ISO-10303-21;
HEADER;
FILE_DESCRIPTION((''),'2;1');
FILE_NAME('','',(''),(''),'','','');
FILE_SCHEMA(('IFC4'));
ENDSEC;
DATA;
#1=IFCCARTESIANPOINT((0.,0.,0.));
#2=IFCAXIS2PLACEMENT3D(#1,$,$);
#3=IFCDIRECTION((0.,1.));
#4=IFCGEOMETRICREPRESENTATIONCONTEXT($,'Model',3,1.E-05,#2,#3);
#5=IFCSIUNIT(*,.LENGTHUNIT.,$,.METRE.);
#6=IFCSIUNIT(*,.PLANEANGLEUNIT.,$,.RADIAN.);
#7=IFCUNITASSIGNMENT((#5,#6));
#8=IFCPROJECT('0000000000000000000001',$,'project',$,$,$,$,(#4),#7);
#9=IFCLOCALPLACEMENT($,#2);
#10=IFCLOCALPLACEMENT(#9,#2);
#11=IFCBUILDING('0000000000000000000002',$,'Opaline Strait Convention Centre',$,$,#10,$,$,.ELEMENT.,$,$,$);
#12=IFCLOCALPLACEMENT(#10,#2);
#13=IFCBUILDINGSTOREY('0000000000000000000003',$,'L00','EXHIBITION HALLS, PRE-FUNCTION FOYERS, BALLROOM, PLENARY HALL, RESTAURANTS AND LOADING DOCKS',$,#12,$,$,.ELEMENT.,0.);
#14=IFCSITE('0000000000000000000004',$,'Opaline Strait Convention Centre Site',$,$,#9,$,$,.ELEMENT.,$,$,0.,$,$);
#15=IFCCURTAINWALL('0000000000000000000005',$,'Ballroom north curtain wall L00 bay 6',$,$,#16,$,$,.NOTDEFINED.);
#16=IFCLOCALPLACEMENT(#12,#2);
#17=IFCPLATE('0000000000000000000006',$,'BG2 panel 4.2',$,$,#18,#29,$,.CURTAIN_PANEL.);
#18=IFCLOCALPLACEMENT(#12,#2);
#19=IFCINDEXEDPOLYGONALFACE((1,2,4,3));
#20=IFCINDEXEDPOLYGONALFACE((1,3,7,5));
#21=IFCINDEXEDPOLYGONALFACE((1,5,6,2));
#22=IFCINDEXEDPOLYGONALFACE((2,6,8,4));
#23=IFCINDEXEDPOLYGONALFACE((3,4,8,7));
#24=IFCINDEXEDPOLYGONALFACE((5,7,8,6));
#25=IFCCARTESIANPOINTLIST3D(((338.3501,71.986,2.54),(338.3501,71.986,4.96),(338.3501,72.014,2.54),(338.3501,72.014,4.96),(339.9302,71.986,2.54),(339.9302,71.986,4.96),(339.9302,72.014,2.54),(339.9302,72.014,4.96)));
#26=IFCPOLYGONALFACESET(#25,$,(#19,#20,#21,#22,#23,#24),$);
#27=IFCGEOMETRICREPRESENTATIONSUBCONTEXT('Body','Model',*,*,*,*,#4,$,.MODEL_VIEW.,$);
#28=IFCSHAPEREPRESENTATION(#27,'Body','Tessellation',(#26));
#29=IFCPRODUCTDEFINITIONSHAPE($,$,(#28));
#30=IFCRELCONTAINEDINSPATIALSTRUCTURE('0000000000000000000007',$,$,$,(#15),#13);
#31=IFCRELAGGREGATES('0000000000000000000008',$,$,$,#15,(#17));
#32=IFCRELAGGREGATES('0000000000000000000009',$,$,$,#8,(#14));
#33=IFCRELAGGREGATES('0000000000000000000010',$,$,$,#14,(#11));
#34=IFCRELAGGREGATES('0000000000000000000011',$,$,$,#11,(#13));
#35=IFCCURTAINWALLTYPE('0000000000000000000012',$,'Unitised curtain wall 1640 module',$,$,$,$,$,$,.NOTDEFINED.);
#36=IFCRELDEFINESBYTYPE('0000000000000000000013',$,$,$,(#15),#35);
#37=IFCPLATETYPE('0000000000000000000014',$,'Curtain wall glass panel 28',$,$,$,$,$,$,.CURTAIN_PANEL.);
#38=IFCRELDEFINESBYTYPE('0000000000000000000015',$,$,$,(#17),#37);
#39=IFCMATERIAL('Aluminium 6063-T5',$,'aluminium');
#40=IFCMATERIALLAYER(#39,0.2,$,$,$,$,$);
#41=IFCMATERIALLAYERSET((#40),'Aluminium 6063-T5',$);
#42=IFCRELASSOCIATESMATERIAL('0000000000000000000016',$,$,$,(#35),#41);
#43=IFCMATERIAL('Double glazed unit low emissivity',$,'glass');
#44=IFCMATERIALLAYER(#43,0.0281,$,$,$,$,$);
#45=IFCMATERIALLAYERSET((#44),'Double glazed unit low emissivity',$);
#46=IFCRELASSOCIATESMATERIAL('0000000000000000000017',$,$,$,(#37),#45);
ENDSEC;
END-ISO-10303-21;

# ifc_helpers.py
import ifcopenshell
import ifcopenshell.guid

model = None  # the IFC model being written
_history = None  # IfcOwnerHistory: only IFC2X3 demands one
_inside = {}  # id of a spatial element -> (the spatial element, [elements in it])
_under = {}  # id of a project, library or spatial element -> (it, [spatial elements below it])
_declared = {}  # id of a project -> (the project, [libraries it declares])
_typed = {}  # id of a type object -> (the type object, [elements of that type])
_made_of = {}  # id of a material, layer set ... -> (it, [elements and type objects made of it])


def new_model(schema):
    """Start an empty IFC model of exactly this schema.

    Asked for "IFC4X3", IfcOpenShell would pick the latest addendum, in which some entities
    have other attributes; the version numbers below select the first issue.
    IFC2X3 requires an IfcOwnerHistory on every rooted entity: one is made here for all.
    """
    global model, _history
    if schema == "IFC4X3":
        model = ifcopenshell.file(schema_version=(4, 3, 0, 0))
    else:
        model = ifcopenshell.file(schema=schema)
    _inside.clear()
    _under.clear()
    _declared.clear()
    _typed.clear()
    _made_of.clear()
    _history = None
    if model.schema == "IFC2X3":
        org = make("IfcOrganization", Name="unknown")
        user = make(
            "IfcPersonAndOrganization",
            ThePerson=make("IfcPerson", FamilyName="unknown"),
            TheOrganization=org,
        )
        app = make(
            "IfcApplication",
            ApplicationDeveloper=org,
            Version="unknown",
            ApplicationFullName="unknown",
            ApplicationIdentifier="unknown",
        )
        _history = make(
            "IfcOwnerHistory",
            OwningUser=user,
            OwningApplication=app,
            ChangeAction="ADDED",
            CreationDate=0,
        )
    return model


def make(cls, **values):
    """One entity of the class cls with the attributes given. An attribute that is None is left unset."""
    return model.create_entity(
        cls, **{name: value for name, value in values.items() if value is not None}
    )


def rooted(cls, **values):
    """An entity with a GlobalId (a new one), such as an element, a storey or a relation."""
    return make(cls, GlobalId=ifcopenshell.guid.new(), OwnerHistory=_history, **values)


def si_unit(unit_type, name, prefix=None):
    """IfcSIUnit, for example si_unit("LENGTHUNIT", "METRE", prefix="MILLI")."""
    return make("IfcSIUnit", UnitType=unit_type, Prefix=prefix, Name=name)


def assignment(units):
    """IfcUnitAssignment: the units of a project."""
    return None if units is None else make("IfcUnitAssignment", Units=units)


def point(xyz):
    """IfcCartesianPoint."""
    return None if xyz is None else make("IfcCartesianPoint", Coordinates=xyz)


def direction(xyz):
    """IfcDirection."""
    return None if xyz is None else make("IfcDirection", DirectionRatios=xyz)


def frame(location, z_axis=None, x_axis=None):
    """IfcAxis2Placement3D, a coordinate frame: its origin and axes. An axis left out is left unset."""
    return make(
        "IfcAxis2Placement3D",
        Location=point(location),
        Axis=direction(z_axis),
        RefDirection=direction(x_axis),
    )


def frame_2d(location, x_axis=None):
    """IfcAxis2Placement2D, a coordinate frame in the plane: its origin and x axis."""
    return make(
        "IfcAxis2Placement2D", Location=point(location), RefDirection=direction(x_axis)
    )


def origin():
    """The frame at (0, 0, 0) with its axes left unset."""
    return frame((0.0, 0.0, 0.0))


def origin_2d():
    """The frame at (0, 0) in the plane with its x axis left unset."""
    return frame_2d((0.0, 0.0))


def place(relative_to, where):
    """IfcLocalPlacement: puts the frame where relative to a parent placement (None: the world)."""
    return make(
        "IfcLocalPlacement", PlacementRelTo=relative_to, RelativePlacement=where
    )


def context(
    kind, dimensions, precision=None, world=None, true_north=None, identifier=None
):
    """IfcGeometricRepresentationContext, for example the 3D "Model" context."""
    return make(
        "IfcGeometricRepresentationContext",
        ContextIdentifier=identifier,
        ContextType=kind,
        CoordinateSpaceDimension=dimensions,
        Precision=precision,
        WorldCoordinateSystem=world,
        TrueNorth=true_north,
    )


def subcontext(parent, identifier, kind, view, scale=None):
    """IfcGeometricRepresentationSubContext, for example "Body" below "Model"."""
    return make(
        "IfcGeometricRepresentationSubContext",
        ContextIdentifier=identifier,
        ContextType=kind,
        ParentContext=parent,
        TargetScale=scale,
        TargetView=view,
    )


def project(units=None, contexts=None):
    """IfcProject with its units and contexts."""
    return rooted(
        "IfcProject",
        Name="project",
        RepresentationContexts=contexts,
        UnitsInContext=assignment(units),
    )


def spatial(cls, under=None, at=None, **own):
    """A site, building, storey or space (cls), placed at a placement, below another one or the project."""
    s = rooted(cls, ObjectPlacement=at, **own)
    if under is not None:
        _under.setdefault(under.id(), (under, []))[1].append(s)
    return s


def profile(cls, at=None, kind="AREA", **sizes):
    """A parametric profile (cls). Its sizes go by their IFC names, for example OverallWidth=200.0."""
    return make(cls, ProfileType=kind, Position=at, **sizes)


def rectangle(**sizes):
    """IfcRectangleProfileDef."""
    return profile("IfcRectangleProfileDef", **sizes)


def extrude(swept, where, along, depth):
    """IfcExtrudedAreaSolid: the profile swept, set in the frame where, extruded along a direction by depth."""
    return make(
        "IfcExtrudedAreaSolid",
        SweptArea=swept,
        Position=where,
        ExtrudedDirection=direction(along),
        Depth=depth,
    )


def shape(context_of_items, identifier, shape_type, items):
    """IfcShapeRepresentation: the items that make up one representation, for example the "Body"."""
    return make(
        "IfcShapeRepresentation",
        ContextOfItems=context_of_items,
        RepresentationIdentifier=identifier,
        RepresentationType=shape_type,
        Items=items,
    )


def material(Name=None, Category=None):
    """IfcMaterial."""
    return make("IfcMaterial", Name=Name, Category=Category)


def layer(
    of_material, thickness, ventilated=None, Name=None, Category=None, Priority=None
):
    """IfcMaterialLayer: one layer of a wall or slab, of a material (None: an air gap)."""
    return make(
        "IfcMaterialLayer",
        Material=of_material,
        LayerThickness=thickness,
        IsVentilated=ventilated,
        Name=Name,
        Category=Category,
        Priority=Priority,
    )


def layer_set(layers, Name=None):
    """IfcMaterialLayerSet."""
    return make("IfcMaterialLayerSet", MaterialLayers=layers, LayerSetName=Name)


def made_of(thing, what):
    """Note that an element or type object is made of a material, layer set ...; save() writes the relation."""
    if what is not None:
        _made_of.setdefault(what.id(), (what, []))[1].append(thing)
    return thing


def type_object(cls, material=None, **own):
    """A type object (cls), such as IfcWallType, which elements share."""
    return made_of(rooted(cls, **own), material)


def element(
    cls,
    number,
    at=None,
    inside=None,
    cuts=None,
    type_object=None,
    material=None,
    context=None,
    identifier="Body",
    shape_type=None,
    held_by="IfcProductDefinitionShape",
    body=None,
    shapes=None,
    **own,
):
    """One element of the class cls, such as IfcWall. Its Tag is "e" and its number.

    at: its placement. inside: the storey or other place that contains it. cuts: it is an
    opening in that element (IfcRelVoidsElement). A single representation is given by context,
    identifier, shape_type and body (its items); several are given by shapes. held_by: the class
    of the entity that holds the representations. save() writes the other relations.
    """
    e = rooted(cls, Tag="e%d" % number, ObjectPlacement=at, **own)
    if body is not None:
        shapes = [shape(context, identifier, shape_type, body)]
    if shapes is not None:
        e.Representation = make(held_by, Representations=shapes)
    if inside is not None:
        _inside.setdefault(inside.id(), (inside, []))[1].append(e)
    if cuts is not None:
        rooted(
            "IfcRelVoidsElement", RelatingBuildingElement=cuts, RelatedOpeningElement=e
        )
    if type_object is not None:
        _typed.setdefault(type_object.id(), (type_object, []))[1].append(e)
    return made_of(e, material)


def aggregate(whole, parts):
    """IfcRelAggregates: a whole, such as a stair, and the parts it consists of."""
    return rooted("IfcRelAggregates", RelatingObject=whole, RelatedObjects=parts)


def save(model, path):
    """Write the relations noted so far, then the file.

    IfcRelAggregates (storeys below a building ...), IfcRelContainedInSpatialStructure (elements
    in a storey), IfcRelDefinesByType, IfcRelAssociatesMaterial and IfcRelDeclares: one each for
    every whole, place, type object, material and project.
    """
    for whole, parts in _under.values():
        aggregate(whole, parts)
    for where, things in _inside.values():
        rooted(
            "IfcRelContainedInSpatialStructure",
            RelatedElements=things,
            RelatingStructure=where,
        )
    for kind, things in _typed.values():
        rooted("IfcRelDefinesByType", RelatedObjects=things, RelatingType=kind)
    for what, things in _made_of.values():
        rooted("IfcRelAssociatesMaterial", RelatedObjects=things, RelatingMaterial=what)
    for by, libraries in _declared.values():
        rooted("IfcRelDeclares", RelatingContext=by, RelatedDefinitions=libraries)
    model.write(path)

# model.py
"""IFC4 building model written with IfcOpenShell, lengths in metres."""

from ifc_helpers import new_model, si_unit, direction, frame, origin, origin_2d, place, context, subcontext, project, spatial, rectangle, extrude, material, layer, layer_set, type_object, element, aggregate, save


model = new_model("IFC4")

# Units and contexts
model_context = context("Model", 3, precision=1e-05, world=origin(), true_north=direction((0.0, 1.0)))
body_context = subcontext(model_context, "Body", "Model", "MODEL_VIEW")
ifc_project = project(units=[si_unit("LENGTHUNIT", "METRE"), si_unit("PLANEANGLEUNIT", "RADIAN")], contexts=[model_context])

# Site, building, storey
site_placement = place(None, origin())
site = spatial("IfcSite", under=ifc_project, at=site_placement, Name="Opaline Strait Convention Centre Site", CompositionType="ELEMENT", RefElevation=0.0)
building_placement = place(site_placement, origin())
building = spatial("IfcBuilding", under=site, at=building_placement, Name="Opaline Strait Convention Centre", CompositionType="ELEMENT")
storey_placement = place(building_placement, origin())
storey = spatial("IfcBuildingStorey", under=building, at=storey_placement, Name="L00", Description="EXHIBITION HALLS, PRE-FUNCTION FOYERS, BALLROOM, PLENARY HALL, RESTAURANTS AND LOADING DOCKS", CompositionType="ELEMENT", Elevation=0.0)

# Curtain wall
ifc_material_1 = material(Name="Aluminium 6063-T5", Category="aluminium")
ifc_layer_1 = layer(ifc_material_1, 0.2)
ifc_layer_set_1 = layer_set([ifc_layer_1], Name="Aluminium 6063-T5")
curtain_wall_type = type_object("IfcCurtainWallType", Name="Unitised curtain wall 1640 module", PredefinedType="NOTDEFINED", material=ifc_layer_set_1)
curtain_wall_placement = place(storey_placement, origin())
curtain_wall = element("IfcCurtainWall", 1, at=curtain_wall_placement, inside=storey, type_object=curtain_wall_type, Name="Ballroom north curtain wall L00 bay 6", PredefinedType="NOTDEFINED")

# Plate
ifc_material_2 = material(Name="Double glazed unit low emissivity", Category="glass")
ifc_layer_2 = layer(ifc_material_2, 0.0281)
ifc_layer_set_2 = layer_set([ifc_layer_2], Name="Double glazed unit low emissivity")
plate_type = type_object("IfcPlateType", Name="Curtain wall glass panel 28", PredefinedType="CURTAIN_PANEL", material=ifc_layer_set_2)
plate_1_placement = place(storey_placement, frame((339.1401, 72.0, 2.54), z_axis=(0.0, 0.0, 1.0), x_axis=(1.0, 0.0, 0.0)))
plate_1 = element("IfcPlate", 2, at=plate_1_placement, type_object=plate_type, Name="BG2 panel 4.2", PredefinedType="CURTAIN_PANEL", context=body_context, shape_type="SweptSolid", body=[
    extrude(rectangle(XDim=1.5801, YDim=0.0281, at=origin_2d()), origin(), (0.0, 0.0, 1.0), 2.4199),
])
aggregate(curtain_wall, [plate_1])

save(model, "model.ifc")
